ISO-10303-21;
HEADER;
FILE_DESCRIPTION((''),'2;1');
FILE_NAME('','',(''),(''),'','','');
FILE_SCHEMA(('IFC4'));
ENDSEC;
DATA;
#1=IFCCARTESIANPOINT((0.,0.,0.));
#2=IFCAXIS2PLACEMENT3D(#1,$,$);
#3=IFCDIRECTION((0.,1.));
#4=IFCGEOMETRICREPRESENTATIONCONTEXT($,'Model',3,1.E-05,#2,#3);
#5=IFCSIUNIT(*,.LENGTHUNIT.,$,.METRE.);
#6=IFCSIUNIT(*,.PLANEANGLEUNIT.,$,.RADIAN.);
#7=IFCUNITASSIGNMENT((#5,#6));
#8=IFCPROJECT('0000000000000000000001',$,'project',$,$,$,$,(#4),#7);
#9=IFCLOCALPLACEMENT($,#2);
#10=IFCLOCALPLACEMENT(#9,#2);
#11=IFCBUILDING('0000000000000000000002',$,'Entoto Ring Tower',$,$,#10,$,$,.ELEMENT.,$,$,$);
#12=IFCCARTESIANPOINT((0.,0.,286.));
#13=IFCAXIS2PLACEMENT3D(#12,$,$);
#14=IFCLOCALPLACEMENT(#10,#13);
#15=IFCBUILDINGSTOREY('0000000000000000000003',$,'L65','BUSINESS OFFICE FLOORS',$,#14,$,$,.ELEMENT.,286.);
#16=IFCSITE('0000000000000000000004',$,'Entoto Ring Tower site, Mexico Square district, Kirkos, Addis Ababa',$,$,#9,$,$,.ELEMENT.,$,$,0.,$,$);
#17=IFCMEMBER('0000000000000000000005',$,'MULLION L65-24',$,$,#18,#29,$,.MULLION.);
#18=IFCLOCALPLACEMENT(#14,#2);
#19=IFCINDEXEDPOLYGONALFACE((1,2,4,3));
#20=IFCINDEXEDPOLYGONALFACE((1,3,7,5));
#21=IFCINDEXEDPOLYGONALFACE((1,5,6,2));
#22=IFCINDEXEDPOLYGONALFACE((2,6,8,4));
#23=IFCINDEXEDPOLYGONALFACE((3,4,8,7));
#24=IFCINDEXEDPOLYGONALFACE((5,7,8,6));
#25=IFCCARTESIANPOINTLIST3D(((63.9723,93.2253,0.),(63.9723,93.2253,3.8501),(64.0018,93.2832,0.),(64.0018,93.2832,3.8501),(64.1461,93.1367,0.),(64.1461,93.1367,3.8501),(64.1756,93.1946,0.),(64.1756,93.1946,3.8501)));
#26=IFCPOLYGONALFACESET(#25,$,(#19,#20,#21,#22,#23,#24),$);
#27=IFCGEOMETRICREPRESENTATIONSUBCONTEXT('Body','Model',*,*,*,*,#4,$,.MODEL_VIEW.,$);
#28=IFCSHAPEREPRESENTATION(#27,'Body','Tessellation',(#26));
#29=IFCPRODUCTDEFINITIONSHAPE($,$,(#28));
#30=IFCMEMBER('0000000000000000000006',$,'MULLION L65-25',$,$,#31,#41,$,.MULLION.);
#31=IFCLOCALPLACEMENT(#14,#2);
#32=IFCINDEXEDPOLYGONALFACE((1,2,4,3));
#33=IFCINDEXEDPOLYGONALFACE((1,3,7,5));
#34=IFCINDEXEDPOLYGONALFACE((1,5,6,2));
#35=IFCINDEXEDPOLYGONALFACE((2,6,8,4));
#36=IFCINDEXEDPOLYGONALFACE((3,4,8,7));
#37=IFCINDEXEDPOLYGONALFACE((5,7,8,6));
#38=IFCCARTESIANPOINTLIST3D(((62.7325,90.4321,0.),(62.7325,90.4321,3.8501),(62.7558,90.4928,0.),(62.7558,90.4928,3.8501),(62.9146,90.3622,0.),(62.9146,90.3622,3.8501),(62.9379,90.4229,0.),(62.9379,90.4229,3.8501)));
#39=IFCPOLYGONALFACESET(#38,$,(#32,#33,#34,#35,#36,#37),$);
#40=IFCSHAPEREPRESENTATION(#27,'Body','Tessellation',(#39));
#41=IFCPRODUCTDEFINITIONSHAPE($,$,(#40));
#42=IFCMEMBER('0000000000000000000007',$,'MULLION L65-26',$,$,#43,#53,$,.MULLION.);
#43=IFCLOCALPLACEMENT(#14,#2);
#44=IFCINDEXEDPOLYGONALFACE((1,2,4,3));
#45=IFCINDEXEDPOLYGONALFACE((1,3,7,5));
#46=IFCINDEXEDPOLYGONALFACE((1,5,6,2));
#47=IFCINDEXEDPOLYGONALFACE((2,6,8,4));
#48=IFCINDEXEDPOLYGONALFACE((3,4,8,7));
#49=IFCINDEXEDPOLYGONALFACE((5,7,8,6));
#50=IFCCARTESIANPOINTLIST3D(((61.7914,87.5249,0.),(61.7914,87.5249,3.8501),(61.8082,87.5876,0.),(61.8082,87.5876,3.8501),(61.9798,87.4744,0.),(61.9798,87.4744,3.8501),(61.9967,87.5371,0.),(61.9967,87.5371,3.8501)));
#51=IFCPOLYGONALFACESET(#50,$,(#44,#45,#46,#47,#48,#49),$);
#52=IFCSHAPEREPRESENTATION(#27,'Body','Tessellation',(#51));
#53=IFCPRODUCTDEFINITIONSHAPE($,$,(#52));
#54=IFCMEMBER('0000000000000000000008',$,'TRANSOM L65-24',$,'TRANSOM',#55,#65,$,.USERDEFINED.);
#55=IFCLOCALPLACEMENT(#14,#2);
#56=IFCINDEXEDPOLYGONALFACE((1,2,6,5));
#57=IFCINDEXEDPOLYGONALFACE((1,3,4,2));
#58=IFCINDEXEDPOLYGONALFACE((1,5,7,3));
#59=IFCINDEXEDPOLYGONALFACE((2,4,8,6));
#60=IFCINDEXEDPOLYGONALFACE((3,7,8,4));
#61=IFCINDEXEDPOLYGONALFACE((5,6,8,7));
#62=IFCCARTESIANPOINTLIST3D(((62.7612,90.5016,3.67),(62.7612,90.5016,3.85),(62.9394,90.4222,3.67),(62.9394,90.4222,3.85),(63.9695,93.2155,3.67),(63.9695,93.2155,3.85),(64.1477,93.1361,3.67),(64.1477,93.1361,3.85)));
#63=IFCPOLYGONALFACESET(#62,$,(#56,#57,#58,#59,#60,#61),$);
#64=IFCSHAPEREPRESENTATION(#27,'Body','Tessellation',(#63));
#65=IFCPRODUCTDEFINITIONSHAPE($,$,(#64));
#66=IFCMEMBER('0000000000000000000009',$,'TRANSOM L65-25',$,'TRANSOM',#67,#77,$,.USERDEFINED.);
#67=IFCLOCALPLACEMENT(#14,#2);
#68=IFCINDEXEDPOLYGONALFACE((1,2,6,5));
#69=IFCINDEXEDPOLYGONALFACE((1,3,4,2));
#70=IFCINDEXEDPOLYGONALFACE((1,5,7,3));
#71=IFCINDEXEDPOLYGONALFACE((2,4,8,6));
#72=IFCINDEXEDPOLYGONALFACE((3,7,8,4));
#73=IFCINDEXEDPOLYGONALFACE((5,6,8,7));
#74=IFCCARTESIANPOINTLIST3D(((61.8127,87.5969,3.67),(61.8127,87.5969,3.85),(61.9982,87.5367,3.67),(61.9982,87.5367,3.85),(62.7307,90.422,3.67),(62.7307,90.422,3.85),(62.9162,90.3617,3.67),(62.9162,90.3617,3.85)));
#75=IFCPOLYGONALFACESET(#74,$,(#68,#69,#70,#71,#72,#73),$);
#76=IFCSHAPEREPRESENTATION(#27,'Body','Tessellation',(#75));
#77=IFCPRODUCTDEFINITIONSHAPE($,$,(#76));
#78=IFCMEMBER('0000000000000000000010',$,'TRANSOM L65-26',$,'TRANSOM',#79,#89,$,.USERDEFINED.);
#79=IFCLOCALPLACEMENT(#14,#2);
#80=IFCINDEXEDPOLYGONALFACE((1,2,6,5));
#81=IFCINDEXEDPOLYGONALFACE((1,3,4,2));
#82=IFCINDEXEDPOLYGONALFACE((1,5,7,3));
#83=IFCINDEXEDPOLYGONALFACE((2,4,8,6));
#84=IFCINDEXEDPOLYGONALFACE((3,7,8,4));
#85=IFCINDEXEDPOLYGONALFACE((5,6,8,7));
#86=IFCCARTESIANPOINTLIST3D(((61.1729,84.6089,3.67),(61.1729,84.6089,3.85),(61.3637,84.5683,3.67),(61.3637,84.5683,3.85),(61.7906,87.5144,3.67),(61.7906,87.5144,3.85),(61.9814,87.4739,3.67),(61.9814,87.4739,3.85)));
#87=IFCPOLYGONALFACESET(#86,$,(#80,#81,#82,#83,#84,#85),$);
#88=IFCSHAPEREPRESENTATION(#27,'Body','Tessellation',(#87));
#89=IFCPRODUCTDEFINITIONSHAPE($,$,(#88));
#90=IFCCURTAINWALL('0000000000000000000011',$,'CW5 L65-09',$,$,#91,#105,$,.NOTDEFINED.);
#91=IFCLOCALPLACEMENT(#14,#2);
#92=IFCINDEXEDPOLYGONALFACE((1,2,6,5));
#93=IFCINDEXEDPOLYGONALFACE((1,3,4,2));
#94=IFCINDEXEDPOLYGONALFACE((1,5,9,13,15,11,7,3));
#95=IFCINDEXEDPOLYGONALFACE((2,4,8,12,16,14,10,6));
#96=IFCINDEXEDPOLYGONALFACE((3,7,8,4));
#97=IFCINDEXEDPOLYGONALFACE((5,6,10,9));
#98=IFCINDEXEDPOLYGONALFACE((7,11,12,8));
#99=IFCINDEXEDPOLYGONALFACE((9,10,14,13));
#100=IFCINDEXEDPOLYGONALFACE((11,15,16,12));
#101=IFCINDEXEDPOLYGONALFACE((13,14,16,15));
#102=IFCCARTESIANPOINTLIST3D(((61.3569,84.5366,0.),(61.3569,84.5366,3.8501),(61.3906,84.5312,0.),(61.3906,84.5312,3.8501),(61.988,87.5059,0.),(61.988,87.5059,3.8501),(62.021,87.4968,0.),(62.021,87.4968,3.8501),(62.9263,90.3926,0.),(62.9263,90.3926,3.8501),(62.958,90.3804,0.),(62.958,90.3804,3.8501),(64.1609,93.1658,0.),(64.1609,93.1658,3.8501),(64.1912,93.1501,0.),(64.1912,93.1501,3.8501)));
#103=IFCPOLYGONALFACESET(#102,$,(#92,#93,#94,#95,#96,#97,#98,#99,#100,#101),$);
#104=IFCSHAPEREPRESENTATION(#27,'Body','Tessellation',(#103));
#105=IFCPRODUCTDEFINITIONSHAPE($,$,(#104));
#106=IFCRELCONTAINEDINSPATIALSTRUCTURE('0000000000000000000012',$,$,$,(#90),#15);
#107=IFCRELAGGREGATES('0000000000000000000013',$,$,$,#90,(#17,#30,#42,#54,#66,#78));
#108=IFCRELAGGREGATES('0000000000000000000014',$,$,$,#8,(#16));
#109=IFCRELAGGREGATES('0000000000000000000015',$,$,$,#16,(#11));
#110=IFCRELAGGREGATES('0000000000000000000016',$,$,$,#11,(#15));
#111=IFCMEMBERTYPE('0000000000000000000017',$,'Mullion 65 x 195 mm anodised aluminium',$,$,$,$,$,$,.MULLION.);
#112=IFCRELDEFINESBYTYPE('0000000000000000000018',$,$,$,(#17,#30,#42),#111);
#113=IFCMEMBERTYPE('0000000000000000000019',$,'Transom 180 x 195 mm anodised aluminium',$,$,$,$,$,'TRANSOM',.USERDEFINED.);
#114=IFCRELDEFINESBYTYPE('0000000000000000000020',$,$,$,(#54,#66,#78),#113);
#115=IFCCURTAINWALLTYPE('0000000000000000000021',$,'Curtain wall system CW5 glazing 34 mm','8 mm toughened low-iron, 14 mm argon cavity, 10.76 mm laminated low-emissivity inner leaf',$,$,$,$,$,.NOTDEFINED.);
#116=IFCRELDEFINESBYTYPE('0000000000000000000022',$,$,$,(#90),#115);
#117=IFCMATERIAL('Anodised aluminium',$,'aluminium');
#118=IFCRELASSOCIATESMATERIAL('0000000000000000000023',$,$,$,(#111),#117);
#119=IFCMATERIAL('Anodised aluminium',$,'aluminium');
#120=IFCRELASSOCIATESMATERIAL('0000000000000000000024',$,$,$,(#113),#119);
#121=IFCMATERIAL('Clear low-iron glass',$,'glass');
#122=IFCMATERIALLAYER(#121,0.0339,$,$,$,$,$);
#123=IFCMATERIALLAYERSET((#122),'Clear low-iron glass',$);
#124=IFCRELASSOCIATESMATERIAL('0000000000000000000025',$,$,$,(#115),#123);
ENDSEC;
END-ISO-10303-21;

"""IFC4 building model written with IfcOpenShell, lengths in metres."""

from ifc_helpers import new_model, si_unit, direction, frame, origin, origin_2d, place, context, subcontext, project, spatial, polyline, rectangle, outline, extrude, material, layer, layer_set, material_profile, profile_set, type_object, element, aggregate, save


model = new_model("IFC4")

# Units and contexts
model_context = context("Model", 3, precision=1e-05, world=origin(), true_north=direction((0.0, 1.0)))
body_context = subcontext(model_context, "Body", "Model", "MODEL_VIEW")
ifc_project = project(units=[si_unit("LENGTHUNIT", "METRE"), si_unit("PLANEANGLEUNIT", "RADIAN")], contexts=[model_context])

# Members
ifc_material_1 = material(Name="Anodised aluminium", Category="aluminium")
ifc_material_profile_1 = material_profile(ifc_material_1, rectangle(XDim=0.0649, YDim=0.1951, at=origin_2d()), Name="Mullion 65 x 195 mm anodised aluminium")
ifc_profile_set_1 = profile_set([ifc_material_profile_1], Name="Anodised aluminium")
member_type_1 = type_object("IfcMemberType", Name="Mullion 65 x 195 mm anodised aluminium", PredefinedType="MULLION", material=ifc_profile_set_1)
site_placement = place(None, origin())
building_placement = place(site_placement, origin())
storey_placement = place(building_placement, frame((0.0, 0.0, 286.0)))
member_1_placement = place(storey_placement, frame((64.074, 93.21, 0.0), z_axis=(0.0, 0.0, 1.0), x_axis=(-0.45399, -0.891007, 0.0)))
member_1 = element("IfcMember", 1, at=member_1_placement, type_object=member_type_1, Name="MULLION L65-24", PredefinedType="MULLION", context=body_context, shape_type="SweptSolid", body=[
    extrude(rectangle(XDim=0.0649, YDim=0.1951, at=origin_2d()), origin(), (0.0, 0.0, 1.0), 3.8501),
])
member_2_placement = place(storey_placement, frame((62.8352, 90.4275, 0.0), z_axis=(0.0, 0.0, 1.0), x_axis=(-0.358368, -0.93358, 0.0)))
member_2 = element("IfcMember", 2, at=member_2_placement, type_object=member_type_1, Name="MULLION L65-25", PredefinedType="MULLION", context=body_context, shape_type="SweptSolid", body=[
    extrude(rectangle(XDim=0.0649, YDim=0.1951, at=origin_2d()), origin(), (0.0, 0.0, 1.0), 3.8501),
])
member_3_placement = place(storey_placement, frame((61.894, 87.531, 0.0), z_axis=(0.0, 0.0, 1.0), x_axis=(-0.258819, -0.965926, 0.0)))
member_3 = element("IfcMember", 3, at=member_3_placement, type_object=member_type_1, Name="MULLION L65-26", PredefinedType="MULLION", context=body_context, shape_type="SweptSolid", body=[
    extrude(rectangle(XDim=0.0649, YDim=0.1951, at=origin_2d()), origin(), (0.0, 0.0, 1.0), 3.8501),
])
ifc_material_2 = material(Name="Anodised aluminium", Category="aluminium")
ifc_material_profile_2 = material_profile(ifc_material_2, rectangle(XDim=0.1951, YDim=0.1799, at=origin_2d()), Name="Transom 180 x 195 mm anodised aluminium")
ifc_profile_set_2 = profile_set([ifc_material_profile_2], Name="Anodised aluminium")
member_type_2 = type_object("IfcMemberType", Name="Transom 180 x 195 mm anodised aluminium", ElementType="TRANSOM", PredefinedType="USERDEFINED", material=ifc_profile_set_2)
member_4_placement = place(storey_placement, frame((64.0586, 93.1758, 3.76), z_axis=(-0.406726, -0.91355, 0.0), x_axis=(0.91355, -0.406726, 0.0)))
member_4 = element("IfcMember", 4, at=member_4_placement, type_object=member_type_2, Name="TRANSOM L65-24", ObjectType="TRANSOM", PredefinedType="USERDEFINED", context=body_context, shape_type="SweptSolid", body=[
    extrude(rectangle(XDim=0.1951, YDim=0.1799, at=origin_2d()), origin(), (0.0, 0.0, 1.0), 2.9707),
])
member_5_placement = place(storey_placement, frame((62.8235, 90.3918, 3.76), z_axis=(-0.309043, -0.951048, 0.0), x_axis=(0.951048, -0.309043, 0.0)))
member_5 = element("IfcMember", 5, at=member_5_placement, type_object=member_type_2, Name="TRANSOM L65-25", ObjectType="TRANSOM", PredefinedType="USERDEFINED", context=body_context, shape_type="SweptSolid", body=[
    extrude(rectangle(XDim=0.1951, YDim=0.1799, at=origin_2d()), origin(), (0.0, 0.0, 1.0), 2.9705),
])
member_6_placement = place(storey_placement, frame((61.886, 87.4941, 3.76), z_axis=(-0.20794, -0.978142, 0.0), x_axis=(0.978142, -0.20794, 0.0)))
member_6 = element("IfcMember", 6, at=member_6_placement, type_object=member_type_2, Name="TRANSOM L65-26", ObjectType="TRANSOM", PredefinedType="USERDEFINED", context=body_context, shape_type="SweptSolid", body=[
    extrude(rectangle(XDim=0.1951, YDim=0.1799, at=origin_2d()), origin(), (0.0, 0.0, 1.0), 2.9705),
])

# Site, building, storey
site = spatial("IfcSite", under=ifc_project, at=site_placement, Name="Entoto Ring Tower site, Mexico Square district, Kirkos, Addis Ababa", CompositionType="ELEMENT", RefElevation=0.0)
building = spatial("IfcBuilding", under=site, at=building_placement, Name="Entoto Ring Tower", CompositionType="ELEMENT")
storey = spatial("IfcBuildingStorey", under=building, at=storey_placement, Name="L65", Description="BUSINESS OFFICE FLOORS", CompositionType="ELEMENT", Elevation=286.0)

# Curtain wall
ifc_material_3 = material(Name="Clear low-iron glass", Category="glass")
ifc_layer = layer(ifc_material_3, 0.0339)
ifc_layer_set = layer_set([ifc_layer], Name="Clear low-iron glass")
curtain_wall_type = type_object("IfcCurtainWallType", Name="Curtain wall system CW5 glazing 34 mm", Description="8 mm toughened low-iron, 14 mm argon cavity, 10.76 mm laminated low-emissivity inner leaf", PredefinedType="NOTDEFINED", material=ifc_layer_set)
curtain_wall_1_placement = place(storey_placement, origin())
curtain_wall_1 = element("IfcCurtainWall", 7, at=curtain_wall_1_placement, inside=storey, type_object=curtain_wall_type, Name="CW5 L65-09", PredefinedType="NOTDEFINED", context=body_context, shape_type="SweptSolid", body=[
    extrude(outline(polyline([(64.1609, 93.1658), (62.9263, 90.3926), (61.988, 87.5059), (61.3569, 84.5366), (61.3906, 84.5312), (62.021, 87.4968), (62.958, 90.3804), (64.1912, 93.1501), (64.1609, 93.1658)])), origin(), (0.0, 0.0, 1.0), 3.8501),
])
aggregate(curtain_wall_1, [member_1, member_2, member_3, member_4, member_5, member_6])

save(model, "model.ifc")
